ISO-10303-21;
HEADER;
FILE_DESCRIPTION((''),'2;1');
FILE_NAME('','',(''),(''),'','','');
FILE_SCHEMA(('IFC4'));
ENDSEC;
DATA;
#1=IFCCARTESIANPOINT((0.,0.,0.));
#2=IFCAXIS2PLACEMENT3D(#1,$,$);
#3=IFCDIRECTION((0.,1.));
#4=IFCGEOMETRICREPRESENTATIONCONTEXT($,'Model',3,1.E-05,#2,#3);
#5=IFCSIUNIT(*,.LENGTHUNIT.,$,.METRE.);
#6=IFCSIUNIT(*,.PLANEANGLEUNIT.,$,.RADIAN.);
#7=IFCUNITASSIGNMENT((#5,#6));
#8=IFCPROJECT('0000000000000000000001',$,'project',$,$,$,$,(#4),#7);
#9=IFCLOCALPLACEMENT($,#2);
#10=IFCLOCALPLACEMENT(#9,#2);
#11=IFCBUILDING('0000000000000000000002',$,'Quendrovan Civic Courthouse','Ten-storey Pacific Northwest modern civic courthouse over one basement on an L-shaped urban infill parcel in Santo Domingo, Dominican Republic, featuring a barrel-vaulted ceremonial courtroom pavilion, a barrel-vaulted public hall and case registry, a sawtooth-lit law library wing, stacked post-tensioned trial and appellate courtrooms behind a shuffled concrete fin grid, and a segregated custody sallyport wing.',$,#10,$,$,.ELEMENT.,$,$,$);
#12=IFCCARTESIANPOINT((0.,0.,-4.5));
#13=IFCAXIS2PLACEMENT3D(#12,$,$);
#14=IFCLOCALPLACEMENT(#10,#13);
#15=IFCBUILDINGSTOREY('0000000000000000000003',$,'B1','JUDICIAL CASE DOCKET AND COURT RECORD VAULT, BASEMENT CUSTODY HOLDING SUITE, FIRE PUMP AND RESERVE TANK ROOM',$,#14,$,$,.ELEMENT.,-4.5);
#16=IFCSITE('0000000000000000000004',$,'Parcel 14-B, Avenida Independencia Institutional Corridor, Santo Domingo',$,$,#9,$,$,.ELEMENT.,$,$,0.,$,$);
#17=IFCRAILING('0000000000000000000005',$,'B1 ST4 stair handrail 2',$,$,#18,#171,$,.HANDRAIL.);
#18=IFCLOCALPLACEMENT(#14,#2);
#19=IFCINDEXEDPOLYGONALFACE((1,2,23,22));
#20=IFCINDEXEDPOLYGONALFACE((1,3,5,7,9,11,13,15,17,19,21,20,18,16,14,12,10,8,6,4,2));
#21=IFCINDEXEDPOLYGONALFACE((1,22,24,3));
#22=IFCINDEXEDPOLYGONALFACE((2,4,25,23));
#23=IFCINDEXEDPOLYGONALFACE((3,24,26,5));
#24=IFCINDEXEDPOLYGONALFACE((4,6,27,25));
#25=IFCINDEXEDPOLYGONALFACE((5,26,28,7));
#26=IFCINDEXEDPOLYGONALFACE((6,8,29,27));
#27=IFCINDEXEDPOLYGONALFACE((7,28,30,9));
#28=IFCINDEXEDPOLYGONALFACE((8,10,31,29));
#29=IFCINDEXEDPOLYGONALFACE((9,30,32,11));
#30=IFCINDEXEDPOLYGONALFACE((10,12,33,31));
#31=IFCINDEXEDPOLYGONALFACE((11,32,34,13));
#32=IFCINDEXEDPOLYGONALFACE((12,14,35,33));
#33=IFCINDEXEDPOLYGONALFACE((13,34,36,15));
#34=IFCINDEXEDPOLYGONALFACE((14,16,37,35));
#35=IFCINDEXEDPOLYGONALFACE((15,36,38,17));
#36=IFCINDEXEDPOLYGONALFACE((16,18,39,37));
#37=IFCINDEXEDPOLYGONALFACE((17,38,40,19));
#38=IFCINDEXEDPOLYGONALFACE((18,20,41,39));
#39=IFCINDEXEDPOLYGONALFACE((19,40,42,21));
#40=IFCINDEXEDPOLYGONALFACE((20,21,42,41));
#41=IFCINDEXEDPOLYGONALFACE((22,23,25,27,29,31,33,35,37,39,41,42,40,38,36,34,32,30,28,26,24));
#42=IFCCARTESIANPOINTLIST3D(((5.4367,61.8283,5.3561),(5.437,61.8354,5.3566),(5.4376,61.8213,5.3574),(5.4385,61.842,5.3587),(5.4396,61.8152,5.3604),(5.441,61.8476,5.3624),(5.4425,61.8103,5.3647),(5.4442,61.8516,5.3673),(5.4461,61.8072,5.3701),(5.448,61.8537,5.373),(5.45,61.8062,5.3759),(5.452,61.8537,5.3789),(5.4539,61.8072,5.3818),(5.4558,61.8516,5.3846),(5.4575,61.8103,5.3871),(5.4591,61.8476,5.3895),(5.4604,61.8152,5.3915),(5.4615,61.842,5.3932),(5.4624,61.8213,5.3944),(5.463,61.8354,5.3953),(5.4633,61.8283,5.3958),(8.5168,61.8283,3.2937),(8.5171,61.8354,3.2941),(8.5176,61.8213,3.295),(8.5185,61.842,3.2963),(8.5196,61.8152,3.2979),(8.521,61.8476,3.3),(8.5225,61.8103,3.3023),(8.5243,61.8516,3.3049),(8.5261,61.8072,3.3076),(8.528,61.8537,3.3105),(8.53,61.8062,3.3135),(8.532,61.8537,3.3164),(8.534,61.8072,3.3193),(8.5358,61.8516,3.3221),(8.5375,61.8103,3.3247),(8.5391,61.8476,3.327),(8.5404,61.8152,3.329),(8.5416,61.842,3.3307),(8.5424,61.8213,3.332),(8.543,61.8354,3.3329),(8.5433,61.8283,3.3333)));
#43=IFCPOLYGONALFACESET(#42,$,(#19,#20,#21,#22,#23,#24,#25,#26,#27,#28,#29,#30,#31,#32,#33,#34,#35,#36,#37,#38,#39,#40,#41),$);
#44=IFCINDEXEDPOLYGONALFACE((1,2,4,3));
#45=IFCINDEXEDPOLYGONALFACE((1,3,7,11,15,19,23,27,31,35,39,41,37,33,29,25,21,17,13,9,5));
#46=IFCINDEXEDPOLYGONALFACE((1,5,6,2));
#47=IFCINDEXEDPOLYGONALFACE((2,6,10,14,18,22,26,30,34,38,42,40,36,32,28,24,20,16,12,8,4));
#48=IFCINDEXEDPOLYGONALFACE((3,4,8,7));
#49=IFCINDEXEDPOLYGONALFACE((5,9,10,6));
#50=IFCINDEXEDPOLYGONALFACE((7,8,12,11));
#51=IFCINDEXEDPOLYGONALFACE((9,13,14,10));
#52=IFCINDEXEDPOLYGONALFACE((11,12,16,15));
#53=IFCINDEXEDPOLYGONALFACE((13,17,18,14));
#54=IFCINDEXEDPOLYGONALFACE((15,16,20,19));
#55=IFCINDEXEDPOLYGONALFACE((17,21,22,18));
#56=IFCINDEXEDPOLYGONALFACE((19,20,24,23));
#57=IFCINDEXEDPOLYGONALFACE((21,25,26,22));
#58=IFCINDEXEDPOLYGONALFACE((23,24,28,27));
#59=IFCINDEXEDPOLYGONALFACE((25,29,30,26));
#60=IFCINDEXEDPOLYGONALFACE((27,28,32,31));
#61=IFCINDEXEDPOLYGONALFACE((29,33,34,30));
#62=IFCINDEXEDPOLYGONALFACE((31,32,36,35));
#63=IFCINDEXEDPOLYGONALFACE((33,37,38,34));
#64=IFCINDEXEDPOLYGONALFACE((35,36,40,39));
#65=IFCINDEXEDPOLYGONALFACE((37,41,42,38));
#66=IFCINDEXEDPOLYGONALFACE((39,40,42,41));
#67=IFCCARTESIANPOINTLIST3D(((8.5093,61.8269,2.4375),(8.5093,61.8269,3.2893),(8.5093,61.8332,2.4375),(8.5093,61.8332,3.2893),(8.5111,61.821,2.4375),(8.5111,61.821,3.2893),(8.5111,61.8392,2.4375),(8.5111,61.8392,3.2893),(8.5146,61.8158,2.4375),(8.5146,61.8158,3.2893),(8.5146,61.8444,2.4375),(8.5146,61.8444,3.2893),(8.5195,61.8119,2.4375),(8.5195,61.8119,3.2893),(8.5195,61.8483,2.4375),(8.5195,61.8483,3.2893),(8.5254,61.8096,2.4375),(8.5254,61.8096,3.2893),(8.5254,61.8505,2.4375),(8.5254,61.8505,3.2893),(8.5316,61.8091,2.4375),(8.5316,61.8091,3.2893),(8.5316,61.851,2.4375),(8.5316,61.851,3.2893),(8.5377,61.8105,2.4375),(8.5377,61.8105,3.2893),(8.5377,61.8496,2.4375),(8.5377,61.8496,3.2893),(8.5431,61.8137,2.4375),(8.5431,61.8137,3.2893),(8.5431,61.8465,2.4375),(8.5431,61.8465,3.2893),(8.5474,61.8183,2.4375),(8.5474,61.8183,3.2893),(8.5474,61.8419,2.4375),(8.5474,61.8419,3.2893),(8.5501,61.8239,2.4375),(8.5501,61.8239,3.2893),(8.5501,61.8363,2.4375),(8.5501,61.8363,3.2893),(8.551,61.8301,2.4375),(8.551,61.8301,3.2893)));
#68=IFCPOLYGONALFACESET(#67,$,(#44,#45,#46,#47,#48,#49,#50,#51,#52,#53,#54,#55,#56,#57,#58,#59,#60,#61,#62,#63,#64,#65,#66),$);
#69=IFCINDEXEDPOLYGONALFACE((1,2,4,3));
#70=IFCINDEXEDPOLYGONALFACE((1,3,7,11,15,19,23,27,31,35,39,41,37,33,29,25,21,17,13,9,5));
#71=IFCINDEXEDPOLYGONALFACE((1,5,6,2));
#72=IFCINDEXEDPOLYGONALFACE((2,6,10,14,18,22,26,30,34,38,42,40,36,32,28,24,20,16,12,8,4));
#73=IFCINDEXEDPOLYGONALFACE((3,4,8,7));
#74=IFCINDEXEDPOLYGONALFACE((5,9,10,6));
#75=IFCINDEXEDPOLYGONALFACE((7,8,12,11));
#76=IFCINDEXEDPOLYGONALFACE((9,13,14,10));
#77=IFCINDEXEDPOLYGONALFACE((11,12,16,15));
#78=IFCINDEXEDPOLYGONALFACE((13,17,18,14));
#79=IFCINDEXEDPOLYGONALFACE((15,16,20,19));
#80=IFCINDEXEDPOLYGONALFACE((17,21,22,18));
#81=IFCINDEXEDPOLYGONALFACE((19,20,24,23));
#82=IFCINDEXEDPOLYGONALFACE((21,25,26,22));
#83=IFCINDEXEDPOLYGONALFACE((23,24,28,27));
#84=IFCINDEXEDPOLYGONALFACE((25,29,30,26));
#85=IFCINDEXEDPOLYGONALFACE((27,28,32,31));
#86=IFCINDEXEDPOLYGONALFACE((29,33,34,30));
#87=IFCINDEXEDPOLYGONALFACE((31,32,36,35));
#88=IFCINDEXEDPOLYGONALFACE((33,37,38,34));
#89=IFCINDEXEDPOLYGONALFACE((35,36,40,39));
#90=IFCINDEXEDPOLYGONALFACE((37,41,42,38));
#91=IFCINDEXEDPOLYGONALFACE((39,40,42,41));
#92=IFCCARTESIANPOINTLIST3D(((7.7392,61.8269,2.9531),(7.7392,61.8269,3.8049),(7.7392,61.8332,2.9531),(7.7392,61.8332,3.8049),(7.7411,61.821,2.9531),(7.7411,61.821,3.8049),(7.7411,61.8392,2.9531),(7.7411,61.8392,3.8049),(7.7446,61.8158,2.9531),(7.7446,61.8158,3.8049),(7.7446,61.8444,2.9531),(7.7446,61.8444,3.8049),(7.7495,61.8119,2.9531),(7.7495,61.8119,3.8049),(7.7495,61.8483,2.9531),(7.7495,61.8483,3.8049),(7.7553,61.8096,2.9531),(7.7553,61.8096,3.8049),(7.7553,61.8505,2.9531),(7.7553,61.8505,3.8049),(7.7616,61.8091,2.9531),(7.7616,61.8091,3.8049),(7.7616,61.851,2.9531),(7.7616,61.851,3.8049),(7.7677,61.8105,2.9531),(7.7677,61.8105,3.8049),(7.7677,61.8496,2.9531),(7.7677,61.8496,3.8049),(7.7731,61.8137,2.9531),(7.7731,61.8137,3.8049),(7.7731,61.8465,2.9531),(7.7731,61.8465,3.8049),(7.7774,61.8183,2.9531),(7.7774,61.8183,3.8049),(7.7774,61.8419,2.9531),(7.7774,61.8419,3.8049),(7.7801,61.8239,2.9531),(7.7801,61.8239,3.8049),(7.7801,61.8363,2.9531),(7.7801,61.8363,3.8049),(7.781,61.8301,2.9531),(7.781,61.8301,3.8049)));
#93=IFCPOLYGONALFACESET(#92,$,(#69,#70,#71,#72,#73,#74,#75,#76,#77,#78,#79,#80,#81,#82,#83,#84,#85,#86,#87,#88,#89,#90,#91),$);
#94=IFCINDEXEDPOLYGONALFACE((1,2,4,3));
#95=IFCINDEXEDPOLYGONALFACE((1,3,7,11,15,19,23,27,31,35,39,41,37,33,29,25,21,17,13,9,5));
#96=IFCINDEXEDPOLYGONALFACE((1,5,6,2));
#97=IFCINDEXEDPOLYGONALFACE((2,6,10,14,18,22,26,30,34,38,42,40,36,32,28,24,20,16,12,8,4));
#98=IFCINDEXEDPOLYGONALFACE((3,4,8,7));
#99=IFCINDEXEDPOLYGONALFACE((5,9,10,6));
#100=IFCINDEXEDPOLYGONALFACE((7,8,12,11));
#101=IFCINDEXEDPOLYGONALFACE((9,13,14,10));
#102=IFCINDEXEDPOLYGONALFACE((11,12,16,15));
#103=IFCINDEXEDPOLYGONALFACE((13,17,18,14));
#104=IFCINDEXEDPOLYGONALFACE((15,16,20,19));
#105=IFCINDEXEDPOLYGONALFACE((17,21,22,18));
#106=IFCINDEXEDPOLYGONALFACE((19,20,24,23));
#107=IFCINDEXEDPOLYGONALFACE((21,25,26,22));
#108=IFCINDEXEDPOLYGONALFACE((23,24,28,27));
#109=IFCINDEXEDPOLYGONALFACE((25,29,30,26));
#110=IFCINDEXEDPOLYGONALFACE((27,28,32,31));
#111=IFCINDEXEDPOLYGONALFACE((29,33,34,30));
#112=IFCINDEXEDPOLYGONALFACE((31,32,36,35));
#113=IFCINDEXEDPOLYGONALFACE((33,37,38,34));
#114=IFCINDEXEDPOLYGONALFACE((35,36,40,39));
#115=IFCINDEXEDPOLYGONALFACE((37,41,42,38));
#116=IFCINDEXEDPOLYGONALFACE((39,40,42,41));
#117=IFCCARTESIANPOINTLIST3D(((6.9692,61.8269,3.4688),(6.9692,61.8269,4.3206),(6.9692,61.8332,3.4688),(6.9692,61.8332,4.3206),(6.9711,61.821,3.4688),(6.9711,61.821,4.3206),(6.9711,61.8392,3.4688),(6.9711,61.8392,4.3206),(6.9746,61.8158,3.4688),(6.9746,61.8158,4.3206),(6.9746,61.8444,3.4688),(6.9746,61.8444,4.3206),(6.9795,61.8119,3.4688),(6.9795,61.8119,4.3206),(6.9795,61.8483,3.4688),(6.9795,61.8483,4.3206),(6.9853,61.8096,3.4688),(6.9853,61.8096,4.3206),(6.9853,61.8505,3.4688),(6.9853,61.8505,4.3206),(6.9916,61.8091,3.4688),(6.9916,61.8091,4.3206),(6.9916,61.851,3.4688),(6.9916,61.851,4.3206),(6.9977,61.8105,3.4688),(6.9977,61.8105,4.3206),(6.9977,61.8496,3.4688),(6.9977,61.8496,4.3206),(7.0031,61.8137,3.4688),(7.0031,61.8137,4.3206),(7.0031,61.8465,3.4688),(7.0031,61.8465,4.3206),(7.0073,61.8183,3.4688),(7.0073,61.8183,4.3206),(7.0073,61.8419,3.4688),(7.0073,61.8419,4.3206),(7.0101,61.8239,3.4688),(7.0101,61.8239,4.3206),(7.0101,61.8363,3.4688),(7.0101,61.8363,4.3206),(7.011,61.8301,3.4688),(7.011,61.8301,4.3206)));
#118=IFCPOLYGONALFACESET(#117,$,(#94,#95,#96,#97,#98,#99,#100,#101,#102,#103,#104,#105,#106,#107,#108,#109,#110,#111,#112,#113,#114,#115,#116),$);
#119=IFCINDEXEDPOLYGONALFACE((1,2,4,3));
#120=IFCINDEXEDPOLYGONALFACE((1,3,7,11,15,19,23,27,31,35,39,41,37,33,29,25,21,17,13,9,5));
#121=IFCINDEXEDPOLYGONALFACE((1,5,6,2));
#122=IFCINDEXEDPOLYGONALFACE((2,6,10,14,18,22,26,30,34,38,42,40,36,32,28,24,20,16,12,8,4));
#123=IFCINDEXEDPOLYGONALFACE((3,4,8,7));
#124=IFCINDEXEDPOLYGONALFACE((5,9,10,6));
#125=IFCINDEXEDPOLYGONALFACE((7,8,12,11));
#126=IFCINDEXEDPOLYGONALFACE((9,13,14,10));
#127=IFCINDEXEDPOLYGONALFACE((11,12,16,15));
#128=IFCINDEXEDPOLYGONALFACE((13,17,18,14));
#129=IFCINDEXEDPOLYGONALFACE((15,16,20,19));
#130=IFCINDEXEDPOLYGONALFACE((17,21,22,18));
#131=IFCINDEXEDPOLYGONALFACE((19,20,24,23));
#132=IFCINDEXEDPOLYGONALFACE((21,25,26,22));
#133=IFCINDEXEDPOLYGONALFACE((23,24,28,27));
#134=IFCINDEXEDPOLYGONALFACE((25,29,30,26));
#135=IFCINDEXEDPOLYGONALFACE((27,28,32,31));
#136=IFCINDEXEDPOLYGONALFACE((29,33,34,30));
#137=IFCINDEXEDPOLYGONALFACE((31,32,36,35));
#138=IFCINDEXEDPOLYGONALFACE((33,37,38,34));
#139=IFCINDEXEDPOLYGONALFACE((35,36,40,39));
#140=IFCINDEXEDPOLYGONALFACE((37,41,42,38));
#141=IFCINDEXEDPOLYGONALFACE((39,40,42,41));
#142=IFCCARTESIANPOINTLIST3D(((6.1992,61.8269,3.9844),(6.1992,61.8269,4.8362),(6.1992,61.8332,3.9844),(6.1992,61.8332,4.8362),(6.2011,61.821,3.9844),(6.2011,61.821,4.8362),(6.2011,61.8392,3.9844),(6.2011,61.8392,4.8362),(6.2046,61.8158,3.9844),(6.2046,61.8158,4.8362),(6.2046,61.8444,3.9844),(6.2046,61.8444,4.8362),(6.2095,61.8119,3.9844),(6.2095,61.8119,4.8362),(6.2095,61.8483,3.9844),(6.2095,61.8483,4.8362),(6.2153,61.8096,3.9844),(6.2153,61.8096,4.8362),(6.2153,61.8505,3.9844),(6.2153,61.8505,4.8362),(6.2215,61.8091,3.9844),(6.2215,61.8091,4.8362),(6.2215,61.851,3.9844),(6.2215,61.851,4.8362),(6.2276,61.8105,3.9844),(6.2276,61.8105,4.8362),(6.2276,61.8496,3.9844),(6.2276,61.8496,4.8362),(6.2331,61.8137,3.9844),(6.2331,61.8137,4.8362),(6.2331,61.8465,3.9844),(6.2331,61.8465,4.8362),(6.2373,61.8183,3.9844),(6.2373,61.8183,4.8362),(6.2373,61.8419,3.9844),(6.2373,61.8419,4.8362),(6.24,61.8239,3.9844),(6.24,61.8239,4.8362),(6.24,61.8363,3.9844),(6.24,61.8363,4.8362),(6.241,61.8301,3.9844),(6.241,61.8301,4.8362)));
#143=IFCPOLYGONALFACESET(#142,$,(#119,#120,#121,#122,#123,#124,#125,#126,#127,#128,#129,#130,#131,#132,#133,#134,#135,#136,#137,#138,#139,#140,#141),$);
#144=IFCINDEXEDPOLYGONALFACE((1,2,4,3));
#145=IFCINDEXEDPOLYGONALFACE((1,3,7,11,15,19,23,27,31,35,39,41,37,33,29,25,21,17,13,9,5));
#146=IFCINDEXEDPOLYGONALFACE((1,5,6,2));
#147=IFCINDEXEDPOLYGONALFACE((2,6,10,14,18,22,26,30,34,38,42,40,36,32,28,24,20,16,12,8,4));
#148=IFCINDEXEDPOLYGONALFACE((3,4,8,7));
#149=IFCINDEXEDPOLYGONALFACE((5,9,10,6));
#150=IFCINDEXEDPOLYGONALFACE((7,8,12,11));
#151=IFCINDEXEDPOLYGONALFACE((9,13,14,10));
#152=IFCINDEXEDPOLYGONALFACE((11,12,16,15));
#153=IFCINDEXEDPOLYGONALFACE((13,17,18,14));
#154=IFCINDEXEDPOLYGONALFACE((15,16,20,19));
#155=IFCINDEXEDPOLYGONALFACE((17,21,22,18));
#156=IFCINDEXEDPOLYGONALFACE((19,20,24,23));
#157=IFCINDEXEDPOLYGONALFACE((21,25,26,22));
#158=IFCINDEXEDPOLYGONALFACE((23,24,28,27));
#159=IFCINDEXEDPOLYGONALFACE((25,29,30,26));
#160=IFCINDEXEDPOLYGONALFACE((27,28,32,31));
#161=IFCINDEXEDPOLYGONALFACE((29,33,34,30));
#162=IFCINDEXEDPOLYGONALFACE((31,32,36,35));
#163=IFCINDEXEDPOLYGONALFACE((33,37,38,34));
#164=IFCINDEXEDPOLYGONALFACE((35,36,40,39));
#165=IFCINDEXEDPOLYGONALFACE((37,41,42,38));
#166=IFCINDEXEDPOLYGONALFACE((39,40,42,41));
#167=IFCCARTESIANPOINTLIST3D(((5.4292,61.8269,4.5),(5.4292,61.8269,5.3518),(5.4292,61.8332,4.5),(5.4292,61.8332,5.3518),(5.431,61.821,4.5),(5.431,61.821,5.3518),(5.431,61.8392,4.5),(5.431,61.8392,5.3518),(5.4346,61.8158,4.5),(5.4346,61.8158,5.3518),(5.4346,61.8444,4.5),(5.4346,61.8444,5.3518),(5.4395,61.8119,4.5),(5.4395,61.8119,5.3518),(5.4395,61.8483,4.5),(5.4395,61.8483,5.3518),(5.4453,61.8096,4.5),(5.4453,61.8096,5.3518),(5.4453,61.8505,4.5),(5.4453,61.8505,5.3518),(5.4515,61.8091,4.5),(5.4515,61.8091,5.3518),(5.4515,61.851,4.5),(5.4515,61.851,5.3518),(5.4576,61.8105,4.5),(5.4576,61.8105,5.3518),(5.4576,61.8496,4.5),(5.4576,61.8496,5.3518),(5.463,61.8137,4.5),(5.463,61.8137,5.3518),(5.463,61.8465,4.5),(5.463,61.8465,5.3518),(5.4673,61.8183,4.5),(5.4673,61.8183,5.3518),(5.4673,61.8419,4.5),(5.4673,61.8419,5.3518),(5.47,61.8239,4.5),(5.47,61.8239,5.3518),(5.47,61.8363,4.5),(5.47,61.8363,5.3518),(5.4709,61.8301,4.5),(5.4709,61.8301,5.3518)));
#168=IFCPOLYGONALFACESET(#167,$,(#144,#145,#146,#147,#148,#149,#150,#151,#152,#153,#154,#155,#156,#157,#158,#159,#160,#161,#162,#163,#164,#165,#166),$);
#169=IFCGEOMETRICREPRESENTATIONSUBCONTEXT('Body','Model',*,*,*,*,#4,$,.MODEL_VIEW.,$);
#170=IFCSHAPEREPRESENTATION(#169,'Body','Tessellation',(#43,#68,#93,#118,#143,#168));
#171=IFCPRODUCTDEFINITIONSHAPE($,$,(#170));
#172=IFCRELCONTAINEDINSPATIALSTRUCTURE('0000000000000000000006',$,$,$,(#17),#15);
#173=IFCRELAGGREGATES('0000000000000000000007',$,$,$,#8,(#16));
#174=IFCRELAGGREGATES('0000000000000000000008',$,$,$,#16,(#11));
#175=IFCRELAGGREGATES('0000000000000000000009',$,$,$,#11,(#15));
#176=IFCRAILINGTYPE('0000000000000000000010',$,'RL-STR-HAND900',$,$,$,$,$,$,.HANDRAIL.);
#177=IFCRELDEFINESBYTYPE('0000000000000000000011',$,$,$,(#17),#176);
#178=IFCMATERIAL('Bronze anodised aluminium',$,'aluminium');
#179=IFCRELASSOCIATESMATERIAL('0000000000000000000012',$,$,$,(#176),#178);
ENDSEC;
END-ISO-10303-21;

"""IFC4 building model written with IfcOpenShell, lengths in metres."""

from ifc_helpers import new_model, si_unit, direction, frame, origin, origin_2d, place, context, subcontext, project, spatial, circle, extrude, material, type_object, element, save


model = new_model("IFC4")

# Units and contexts
model_context = context("Model", 3, precision=1e-05, world=origin(), true_north=direction((0.0, 1.0)))
body_context = subcontext(model_context, "Body", "Model", "MODEL_VIEW")
ifc_project = project(units=[si_unit("LENGTHUNIT", "METRE"), si_unit("PLANEANGLEUNIT", "RADIAN")], contexts=[model_context])

# Site, building, storey
site_placement = place(None, origin())
site = spatial("IfcSite", under=ifc_project, at=site_placement, Name="Parcel 14-B, Avenida Independencia Institutional Corridor, Santo Domingo", CompositionType="ELEMENT", RefElevation=0.0)
building_placement = place(site_placement, origin())
building = spatial("IfcBuilding", under=site, at=building_placement, Name="Quendrovan Civic Courthouse", Description="Ten-storey Pacific Northwest modern civic courthouse over one basement on an L-shaped urban infill parcel in Santo Domingo, Dominican Republic, featuring a barrel-vaulted ceremonial courtroom pavilion, a barrel-vaulted public hall and case registry, a sawtooth-lit law library wing, stacked post-tensioned trial and appellate courtrooms behind a shuffled concrete fin grid, and a segregated custody sallyport wing.", CompositionType="ELEMENT")
storey_placement = place(building_placement, frame((0.0, 0.0, -4.5)))
storey = spatial("IfcBuildingStorey", under=building, at=storey_placement, Name="B1", Description="JUDICIAL CASE DOCKET AND COURT RECORD VAULT, BASEMENT CUSTODY HOLDING SUITE, FIRE PUMP AND RESERVE TANK ROOM", CompositionType="ELEMENT", Elevation=-4.5)

# Railing
ifc_material_1 = material(Name="Bronze anodised aluminium", Category="aluminium")
railing_type_1 = type_object("IfcRailingType", Name="RL-STR-HAND900", PredefinedType="HANDRAIL", material=ifc_material_1)
railing_1_placement = place(storey_placement, frame((8.53, 61.8301, 2.4375)))
element("IfcRailing", 1, at=railing_1_placement, inside=storey, type_object=railing_type_1, Name="B1 ST4 stair handrail 2", PredefinedType="HANDRAIL", context=body_context, shape_type="SweptSolid", body=[
    extrude(circle(Radius=0.0239, at=origin_2d()), frame((0.0, 0.0, 0.876), z_axis=(-0.830914, 0.0, 0.556401), x_axis=(0.0, -1.0, 0.0)), (0.0, 0.0, 1.0), 3.7068),
    extrude(circle(Radius=0.021, at=origin_2d()), origin(), (0.0, 0.0, 1.0), 0.8518),
    extrude(circle(Radius=0.021, at=origin_2d()), frame((-0.77, 0.0, 0.5156)), (0.0, 0.0, 1.0), 0.8518),
    extrude(circle(Radius=0.021, at=origin_2d()), frame((-1.54, 0.0, 1.0312)), (0.0, 0.0, 1.0), 0.8518),
    extrude(circle(Radius=0.021, at=origin_2d()), frame((-2.3101, 0.0, 1.5469)), (0.0, 0.0, 1.0), 0.8518),
    extrude(circle(Radius=0.021, at=origin_2d()), frame((-3.0801, 0.0, 2.0625)), (0.0, 0.0, 1.0), 0.8518),
])

save(model, "model.ifc")
